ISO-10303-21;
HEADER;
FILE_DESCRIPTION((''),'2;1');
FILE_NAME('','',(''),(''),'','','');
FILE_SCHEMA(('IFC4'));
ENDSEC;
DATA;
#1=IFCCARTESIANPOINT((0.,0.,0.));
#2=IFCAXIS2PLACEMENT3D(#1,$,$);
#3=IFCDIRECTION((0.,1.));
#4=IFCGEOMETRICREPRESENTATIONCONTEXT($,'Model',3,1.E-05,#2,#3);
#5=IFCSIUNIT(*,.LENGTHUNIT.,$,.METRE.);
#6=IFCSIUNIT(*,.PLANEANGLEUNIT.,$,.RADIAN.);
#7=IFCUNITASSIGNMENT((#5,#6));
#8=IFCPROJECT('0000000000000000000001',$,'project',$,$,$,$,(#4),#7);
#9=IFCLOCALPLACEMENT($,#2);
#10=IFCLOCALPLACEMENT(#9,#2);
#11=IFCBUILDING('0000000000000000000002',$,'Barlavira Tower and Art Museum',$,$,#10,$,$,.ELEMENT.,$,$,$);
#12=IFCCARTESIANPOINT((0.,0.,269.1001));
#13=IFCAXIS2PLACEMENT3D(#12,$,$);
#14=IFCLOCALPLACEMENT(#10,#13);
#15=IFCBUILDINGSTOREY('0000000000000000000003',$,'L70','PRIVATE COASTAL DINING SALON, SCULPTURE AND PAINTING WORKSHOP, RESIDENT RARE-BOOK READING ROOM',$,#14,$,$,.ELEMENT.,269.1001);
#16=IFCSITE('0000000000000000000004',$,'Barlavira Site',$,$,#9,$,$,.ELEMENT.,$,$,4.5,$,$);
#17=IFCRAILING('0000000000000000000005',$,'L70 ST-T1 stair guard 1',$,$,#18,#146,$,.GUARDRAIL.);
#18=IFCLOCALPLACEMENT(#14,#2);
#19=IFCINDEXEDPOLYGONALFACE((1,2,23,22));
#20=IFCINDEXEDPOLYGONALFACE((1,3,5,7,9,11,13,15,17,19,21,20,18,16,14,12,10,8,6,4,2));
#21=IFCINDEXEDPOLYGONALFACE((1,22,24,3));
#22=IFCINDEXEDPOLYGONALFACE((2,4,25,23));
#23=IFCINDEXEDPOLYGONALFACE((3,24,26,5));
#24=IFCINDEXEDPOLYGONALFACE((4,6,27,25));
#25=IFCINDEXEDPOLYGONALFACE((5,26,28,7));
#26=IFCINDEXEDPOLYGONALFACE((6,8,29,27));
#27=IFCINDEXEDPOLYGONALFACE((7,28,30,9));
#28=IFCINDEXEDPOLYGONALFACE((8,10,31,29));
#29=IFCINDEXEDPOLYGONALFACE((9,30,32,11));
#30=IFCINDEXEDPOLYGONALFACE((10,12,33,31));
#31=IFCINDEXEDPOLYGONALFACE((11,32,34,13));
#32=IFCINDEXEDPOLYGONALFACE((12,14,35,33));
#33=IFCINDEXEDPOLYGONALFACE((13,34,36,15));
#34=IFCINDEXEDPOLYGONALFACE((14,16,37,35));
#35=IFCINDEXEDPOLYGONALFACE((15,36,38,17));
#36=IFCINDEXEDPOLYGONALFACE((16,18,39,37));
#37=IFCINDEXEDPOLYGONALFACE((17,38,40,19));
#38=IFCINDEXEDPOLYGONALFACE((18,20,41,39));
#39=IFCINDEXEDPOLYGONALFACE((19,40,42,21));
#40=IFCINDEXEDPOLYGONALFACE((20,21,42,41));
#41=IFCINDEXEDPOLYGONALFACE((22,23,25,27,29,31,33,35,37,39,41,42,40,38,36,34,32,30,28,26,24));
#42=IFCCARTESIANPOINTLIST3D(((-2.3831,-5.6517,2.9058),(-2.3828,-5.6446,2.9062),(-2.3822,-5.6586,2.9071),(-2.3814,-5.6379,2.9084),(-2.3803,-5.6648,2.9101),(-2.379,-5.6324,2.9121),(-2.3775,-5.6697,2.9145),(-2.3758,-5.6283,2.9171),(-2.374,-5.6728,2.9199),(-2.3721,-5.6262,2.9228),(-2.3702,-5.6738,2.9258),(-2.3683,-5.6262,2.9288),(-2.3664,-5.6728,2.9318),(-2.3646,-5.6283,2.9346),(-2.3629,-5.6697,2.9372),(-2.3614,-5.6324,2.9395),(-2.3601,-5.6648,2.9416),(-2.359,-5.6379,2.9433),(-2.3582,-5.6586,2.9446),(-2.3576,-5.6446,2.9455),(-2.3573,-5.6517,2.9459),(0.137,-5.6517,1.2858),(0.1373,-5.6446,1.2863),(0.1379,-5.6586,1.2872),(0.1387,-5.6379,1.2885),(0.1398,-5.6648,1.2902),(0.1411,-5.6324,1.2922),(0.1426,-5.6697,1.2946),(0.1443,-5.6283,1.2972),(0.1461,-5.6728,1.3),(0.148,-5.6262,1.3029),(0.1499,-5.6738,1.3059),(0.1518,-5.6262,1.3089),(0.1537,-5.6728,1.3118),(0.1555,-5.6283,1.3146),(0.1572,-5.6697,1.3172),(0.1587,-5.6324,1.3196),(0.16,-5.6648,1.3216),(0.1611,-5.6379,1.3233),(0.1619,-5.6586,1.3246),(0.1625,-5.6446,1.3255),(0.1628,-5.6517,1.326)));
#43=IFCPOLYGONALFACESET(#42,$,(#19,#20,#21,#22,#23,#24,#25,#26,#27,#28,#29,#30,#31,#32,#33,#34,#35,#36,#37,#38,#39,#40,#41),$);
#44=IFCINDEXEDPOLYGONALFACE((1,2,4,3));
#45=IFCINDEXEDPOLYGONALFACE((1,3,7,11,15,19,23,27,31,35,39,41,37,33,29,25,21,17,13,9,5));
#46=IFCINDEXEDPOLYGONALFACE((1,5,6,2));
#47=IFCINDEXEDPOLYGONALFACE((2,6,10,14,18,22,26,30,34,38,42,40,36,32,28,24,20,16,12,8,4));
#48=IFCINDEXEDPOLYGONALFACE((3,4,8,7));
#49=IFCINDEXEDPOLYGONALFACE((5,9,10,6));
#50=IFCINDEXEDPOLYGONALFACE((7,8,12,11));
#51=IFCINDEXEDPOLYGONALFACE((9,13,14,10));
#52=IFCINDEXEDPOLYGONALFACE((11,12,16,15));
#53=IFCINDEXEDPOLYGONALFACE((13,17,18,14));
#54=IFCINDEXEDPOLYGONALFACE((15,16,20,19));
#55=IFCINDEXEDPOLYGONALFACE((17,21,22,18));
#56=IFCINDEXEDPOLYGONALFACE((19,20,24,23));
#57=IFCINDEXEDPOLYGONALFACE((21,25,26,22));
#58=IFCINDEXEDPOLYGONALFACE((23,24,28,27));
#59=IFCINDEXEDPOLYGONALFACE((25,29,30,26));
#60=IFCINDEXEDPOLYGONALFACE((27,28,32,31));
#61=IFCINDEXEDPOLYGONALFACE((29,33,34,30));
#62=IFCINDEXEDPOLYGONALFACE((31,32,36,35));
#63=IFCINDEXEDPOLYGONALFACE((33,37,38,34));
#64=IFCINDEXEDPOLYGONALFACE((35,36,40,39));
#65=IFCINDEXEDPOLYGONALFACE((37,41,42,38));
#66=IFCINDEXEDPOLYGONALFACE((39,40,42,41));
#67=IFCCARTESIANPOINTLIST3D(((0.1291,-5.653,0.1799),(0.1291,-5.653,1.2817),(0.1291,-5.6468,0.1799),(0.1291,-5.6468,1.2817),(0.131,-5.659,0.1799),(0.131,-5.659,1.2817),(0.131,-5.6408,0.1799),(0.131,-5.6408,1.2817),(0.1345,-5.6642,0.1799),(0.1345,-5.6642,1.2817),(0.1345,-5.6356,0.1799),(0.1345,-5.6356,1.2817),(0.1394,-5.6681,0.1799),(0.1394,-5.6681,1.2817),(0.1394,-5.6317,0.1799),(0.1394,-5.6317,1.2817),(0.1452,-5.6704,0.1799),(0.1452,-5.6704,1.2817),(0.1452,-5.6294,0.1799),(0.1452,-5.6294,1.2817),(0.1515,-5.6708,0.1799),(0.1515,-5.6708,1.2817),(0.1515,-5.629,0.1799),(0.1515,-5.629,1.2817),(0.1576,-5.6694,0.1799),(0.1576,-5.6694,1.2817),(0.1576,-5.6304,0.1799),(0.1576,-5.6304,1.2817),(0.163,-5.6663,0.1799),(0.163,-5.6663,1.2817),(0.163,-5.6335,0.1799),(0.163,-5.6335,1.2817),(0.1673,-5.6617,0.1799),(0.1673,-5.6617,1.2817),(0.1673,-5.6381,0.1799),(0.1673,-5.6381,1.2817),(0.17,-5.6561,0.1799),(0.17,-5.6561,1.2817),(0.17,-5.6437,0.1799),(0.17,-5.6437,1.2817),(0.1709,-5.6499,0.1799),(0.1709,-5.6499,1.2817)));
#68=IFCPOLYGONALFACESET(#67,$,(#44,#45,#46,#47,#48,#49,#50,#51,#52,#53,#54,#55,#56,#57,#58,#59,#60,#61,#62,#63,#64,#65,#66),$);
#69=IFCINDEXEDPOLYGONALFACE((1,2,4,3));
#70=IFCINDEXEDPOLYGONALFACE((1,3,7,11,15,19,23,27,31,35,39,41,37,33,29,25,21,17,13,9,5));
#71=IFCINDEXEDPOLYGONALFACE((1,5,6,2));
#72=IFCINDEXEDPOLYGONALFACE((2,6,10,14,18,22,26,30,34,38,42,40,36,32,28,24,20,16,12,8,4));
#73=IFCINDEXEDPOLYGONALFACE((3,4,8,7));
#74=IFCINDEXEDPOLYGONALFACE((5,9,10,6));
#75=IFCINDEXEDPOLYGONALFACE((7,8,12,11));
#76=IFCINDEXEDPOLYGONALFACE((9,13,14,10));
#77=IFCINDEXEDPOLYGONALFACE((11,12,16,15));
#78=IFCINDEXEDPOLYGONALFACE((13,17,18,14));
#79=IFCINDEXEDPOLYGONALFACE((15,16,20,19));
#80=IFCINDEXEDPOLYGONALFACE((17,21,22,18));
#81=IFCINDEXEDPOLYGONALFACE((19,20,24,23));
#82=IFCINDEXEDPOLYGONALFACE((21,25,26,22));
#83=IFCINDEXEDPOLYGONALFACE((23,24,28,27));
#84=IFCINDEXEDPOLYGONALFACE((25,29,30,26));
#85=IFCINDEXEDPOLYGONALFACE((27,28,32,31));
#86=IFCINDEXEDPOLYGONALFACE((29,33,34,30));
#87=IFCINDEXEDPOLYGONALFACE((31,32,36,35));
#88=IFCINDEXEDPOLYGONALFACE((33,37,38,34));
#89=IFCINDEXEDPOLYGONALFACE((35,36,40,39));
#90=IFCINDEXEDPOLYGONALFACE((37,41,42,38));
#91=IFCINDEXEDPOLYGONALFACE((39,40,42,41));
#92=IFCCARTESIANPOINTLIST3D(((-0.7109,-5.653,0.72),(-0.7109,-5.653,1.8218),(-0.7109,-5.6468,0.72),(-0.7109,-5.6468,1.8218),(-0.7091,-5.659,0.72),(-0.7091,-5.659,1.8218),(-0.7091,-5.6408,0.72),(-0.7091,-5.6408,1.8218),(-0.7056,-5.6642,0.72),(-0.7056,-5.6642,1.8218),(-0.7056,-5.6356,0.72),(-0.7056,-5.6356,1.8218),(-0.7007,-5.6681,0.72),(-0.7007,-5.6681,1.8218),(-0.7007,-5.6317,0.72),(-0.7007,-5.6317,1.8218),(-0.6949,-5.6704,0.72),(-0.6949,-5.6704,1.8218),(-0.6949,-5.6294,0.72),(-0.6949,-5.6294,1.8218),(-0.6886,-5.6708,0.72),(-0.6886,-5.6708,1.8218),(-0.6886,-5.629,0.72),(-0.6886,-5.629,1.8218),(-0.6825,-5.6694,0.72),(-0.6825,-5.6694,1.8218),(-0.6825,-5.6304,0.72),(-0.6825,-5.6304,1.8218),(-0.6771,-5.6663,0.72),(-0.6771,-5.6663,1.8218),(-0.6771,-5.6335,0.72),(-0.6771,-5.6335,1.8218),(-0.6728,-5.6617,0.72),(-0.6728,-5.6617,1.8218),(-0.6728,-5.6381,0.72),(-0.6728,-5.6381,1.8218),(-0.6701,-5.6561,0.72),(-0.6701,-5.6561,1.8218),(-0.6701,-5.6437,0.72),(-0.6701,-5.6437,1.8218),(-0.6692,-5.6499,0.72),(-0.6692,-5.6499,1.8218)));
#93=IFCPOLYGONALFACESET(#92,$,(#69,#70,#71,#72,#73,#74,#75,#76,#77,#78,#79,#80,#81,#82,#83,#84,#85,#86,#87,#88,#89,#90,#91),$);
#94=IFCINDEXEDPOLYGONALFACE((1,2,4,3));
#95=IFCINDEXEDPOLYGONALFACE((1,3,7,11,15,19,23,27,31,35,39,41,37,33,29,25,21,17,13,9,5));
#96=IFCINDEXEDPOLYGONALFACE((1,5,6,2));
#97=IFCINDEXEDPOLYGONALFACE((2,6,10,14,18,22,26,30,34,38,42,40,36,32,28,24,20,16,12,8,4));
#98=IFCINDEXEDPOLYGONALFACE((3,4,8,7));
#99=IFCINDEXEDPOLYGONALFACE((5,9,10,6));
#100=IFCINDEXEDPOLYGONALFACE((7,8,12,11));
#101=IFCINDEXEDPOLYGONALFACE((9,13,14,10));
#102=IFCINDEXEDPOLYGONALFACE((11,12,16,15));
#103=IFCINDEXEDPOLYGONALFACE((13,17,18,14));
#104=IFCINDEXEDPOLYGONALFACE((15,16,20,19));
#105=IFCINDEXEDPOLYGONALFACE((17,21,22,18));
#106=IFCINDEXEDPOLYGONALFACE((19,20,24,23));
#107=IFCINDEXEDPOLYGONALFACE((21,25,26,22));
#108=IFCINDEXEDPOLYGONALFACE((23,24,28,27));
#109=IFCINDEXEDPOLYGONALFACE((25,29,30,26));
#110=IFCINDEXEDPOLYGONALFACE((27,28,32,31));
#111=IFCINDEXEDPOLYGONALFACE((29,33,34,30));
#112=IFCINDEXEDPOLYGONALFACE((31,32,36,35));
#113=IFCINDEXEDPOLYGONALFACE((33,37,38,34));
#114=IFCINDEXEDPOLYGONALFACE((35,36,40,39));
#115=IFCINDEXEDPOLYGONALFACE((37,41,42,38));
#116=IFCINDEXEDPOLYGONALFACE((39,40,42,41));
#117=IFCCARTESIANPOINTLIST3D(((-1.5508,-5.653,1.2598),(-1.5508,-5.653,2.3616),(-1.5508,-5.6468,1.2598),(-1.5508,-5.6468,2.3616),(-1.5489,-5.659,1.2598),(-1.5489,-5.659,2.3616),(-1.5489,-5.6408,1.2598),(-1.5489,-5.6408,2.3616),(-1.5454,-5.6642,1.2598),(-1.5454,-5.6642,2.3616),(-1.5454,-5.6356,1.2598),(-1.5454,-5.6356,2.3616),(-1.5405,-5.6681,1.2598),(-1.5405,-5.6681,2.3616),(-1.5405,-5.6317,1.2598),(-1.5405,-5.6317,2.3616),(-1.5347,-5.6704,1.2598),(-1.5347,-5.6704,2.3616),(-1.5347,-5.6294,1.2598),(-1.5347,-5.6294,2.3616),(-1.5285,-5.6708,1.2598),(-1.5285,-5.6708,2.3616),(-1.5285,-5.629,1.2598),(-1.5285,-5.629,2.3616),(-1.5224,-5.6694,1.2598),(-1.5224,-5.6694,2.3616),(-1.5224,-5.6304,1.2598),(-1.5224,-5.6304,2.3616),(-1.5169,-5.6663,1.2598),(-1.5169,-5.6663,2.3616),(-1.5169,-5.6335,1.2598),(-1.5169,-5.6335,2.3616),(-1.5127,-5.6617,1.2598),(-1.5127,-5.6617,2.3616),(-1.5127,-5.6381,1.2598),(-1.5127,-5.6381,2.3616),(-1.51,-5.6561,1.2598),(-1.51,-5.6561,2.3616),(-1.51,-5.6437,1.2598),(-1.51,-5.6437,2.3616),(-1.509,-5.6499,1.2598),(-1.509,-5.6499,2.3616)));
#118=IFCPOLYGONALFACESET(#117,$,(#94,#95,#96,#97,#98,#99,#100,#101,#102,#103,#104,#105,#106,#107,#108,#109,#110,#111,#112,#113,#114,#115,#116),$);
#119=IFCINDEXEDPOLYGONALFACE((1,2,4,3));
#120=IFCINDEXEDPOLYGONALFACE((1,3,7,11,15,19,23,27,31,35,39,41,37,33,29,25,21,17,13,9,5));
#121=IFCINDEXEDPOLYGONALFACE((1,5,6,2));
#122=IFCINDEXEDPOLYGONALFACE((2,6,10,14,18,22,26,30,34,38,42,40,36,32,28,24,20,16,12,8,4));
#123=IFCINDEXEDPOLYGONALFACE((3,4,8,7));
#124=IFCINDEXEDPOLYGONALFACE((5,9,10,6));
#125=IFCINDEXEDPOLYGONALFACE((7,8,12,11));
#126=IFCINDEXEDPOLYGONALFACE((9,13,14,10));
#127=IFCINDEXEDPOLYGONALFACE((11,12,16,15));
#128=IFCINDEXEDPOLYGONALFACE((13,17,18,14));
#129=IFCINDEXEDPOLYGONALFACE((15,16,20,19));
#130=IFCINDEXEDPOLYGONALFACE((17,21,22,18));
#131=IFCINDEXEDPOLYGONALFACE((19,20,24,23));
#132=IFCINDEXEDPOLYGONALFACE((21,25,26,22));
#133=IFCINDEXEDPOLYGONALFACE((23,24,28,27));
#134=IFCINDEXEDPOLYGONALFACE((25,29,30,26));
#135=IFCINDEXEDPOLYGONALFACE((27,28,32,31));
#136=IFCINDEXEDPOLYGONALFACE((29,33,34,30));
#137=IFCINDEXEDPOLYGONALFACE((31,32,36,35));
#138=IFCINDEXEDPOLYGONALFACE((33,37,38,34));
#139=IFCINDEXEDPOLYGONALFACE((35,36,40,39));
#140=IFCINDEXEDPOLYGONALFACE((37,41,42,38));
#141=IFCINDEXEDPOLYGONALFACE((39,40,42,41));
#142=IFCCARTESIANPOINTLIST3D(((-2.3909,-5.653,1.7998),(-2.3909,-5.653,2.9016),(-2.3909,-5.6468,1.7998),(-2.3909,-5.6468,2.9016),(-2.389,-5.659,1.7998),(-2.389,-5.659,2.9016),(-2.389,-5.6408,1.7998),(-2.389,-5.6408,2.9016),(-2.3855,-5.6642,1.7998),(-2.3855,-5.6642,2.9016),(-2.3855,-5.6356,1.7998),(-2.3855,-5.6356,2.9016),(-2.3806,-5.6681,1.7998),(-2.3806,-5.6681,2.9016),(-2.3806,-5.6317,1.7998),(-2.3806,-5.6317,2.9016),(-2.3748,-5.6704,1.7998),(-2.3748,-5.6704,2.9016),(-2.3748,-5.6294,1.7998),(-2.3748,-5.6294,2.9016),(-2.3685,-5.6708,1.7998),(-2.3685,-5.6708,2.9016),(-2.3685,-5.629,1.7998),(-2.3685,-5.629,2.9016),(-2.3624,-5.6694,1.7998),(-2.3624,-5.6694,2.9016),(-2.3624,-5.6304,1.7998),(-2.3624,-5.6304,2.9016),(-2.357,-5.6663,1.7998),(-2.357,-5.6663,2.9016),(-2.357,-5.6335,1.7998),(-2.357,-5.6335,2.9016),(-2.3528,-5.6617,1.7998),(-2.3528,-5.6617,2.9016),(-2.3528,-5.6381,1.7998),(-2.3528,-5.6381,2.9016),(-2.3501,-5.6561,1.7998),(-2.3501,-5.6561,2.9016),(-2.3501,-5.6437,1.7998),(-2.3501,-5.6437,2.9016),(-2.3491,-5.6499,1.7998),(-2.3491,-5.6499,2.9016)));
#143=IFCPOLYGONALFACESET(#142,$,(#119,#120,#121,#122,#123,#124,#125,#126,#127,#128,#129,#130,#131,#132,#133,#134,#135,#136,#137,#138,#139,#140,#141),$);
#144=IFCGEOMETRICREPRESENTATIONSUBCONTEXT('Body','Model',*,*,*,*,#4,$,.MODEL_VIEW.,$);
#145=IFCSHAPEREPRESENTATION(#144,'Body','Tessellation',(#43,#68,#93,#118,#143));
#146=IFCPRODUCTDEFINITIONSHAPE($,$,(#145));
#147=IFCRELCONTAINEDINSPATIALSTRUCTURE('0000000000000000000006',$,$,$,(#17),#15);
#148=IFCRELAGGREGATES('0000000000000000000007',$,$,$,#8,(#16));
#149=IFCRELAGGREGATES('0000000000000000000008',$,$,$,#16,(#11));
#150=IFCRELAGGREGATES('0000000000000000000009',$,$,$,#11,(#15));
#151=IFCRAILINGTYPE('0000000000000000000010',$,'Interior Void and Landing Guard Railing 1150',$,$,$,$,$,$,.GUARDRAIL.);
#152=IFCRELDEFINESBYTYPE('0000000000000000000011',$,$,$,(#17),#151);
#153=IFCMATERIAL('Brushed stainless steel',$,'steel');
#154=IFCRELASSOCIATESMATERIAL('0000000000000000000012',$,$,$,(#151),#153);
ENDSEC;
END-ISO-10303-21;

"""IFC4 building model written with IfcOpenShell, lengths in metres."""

from ifc_helpers import new_model, si_unit, direction, frame, origin, origin_2d, place, context, subcontext, project, spatial, circle, extrude, material, type_object, element, save


model = new_model("IFC4")

# Units and contexts
model_context = context("Model", 3, precision=1e-05, world=origin(), true_north=direction((0.0, 1.0)))
body_context = subcontext(model_context, "Body", "Model", "MODEL_VIEW")
ifc_project = project(units=[si_unit("LENGTHUNIT", "METRE"), si_unit("PLANEANGLEUNIT", "RADIAN")], contexts=[model_context])

# Site, building, storey
site_placement = place(None, origin())
site = spatial("IfcSite", under=ifc_project, at=site_placement, Name="Barlavira Site", CompositionType="ELEMENT", RefElevation=4.5)
building_placement = place(site_placement, origin())
building = spatial("IfcBuilding", under=site, at=building_placement, Name="Barlavira Tower and Art Museum", CompositionType="ELEMENT")
storey_placement = place(building_placement, frame((0.0, 0.0, 269.1001)))
storey = spatial("IfcBuildingStorey", under=building, at=storey_placement, Name="L70", Description="PRIVATE COASTAL DINING SALON, SCULPTURE AND PAINTING WORKSHOP, RESIDENT RARE-BOOK READING ROOM", CompositionType="ELEMENT", Elevation=269.1001)

# Shared definitions
ifc_material_1 = material(Name="Brushed stainless steel", Category="steel")

# Railing
railing_type_1 = type_object("IfcRailingType", Name="Interior Void and Landing Guard Railing 1150", PredefinedType="GUARDRAIL", material=ifc_material_1)
railing_1_placement = place(storey_placement, frame((0.1499, -5.6499, 0.1799)))
element("IfcRailing", 1, at=railing_1_placement, inside=storey, type_object=railing_type_1, Name="L70 ST-T1 stair guard 1", PredefinedType="GUARDRAIL", context=body_context, shape_type="SweptSolid", body=[
    extrude(circle(Radius=0.0239, at=origin_2d()), frame((0.0, 0.0, 1.126), z_axis=(-0.8412, 0.0, 0.540725), x_axis=(0.0, -1.0, 0.0)), (0.0, 0.0, 1.0), 2.9958),
    extrude(circle(Radius=0.021, at=origin_2d()), origin(), (0.0, 0.0, 1.0), 1.1018),
    extrude(circle(Radius=0.021, at=origin_2d()), frame((-0.8401, 0.0, 0.54)), (0.0, 0.0, 1.0), 1.1018),
    extrude(circle(Radius=0.021, at=origin_2d()), frame((-1.6799, 0.0, 1.0798)), (0.0, 0.0, 1.0), 1.1018),
    extrude(circle(Radius=0.021, at=origin_2d()), frame((-2.52, 0.0, 1.6199)), (0.0, 0.0, 1.0), 1.1018),
])

save(model, "model.ifc")
